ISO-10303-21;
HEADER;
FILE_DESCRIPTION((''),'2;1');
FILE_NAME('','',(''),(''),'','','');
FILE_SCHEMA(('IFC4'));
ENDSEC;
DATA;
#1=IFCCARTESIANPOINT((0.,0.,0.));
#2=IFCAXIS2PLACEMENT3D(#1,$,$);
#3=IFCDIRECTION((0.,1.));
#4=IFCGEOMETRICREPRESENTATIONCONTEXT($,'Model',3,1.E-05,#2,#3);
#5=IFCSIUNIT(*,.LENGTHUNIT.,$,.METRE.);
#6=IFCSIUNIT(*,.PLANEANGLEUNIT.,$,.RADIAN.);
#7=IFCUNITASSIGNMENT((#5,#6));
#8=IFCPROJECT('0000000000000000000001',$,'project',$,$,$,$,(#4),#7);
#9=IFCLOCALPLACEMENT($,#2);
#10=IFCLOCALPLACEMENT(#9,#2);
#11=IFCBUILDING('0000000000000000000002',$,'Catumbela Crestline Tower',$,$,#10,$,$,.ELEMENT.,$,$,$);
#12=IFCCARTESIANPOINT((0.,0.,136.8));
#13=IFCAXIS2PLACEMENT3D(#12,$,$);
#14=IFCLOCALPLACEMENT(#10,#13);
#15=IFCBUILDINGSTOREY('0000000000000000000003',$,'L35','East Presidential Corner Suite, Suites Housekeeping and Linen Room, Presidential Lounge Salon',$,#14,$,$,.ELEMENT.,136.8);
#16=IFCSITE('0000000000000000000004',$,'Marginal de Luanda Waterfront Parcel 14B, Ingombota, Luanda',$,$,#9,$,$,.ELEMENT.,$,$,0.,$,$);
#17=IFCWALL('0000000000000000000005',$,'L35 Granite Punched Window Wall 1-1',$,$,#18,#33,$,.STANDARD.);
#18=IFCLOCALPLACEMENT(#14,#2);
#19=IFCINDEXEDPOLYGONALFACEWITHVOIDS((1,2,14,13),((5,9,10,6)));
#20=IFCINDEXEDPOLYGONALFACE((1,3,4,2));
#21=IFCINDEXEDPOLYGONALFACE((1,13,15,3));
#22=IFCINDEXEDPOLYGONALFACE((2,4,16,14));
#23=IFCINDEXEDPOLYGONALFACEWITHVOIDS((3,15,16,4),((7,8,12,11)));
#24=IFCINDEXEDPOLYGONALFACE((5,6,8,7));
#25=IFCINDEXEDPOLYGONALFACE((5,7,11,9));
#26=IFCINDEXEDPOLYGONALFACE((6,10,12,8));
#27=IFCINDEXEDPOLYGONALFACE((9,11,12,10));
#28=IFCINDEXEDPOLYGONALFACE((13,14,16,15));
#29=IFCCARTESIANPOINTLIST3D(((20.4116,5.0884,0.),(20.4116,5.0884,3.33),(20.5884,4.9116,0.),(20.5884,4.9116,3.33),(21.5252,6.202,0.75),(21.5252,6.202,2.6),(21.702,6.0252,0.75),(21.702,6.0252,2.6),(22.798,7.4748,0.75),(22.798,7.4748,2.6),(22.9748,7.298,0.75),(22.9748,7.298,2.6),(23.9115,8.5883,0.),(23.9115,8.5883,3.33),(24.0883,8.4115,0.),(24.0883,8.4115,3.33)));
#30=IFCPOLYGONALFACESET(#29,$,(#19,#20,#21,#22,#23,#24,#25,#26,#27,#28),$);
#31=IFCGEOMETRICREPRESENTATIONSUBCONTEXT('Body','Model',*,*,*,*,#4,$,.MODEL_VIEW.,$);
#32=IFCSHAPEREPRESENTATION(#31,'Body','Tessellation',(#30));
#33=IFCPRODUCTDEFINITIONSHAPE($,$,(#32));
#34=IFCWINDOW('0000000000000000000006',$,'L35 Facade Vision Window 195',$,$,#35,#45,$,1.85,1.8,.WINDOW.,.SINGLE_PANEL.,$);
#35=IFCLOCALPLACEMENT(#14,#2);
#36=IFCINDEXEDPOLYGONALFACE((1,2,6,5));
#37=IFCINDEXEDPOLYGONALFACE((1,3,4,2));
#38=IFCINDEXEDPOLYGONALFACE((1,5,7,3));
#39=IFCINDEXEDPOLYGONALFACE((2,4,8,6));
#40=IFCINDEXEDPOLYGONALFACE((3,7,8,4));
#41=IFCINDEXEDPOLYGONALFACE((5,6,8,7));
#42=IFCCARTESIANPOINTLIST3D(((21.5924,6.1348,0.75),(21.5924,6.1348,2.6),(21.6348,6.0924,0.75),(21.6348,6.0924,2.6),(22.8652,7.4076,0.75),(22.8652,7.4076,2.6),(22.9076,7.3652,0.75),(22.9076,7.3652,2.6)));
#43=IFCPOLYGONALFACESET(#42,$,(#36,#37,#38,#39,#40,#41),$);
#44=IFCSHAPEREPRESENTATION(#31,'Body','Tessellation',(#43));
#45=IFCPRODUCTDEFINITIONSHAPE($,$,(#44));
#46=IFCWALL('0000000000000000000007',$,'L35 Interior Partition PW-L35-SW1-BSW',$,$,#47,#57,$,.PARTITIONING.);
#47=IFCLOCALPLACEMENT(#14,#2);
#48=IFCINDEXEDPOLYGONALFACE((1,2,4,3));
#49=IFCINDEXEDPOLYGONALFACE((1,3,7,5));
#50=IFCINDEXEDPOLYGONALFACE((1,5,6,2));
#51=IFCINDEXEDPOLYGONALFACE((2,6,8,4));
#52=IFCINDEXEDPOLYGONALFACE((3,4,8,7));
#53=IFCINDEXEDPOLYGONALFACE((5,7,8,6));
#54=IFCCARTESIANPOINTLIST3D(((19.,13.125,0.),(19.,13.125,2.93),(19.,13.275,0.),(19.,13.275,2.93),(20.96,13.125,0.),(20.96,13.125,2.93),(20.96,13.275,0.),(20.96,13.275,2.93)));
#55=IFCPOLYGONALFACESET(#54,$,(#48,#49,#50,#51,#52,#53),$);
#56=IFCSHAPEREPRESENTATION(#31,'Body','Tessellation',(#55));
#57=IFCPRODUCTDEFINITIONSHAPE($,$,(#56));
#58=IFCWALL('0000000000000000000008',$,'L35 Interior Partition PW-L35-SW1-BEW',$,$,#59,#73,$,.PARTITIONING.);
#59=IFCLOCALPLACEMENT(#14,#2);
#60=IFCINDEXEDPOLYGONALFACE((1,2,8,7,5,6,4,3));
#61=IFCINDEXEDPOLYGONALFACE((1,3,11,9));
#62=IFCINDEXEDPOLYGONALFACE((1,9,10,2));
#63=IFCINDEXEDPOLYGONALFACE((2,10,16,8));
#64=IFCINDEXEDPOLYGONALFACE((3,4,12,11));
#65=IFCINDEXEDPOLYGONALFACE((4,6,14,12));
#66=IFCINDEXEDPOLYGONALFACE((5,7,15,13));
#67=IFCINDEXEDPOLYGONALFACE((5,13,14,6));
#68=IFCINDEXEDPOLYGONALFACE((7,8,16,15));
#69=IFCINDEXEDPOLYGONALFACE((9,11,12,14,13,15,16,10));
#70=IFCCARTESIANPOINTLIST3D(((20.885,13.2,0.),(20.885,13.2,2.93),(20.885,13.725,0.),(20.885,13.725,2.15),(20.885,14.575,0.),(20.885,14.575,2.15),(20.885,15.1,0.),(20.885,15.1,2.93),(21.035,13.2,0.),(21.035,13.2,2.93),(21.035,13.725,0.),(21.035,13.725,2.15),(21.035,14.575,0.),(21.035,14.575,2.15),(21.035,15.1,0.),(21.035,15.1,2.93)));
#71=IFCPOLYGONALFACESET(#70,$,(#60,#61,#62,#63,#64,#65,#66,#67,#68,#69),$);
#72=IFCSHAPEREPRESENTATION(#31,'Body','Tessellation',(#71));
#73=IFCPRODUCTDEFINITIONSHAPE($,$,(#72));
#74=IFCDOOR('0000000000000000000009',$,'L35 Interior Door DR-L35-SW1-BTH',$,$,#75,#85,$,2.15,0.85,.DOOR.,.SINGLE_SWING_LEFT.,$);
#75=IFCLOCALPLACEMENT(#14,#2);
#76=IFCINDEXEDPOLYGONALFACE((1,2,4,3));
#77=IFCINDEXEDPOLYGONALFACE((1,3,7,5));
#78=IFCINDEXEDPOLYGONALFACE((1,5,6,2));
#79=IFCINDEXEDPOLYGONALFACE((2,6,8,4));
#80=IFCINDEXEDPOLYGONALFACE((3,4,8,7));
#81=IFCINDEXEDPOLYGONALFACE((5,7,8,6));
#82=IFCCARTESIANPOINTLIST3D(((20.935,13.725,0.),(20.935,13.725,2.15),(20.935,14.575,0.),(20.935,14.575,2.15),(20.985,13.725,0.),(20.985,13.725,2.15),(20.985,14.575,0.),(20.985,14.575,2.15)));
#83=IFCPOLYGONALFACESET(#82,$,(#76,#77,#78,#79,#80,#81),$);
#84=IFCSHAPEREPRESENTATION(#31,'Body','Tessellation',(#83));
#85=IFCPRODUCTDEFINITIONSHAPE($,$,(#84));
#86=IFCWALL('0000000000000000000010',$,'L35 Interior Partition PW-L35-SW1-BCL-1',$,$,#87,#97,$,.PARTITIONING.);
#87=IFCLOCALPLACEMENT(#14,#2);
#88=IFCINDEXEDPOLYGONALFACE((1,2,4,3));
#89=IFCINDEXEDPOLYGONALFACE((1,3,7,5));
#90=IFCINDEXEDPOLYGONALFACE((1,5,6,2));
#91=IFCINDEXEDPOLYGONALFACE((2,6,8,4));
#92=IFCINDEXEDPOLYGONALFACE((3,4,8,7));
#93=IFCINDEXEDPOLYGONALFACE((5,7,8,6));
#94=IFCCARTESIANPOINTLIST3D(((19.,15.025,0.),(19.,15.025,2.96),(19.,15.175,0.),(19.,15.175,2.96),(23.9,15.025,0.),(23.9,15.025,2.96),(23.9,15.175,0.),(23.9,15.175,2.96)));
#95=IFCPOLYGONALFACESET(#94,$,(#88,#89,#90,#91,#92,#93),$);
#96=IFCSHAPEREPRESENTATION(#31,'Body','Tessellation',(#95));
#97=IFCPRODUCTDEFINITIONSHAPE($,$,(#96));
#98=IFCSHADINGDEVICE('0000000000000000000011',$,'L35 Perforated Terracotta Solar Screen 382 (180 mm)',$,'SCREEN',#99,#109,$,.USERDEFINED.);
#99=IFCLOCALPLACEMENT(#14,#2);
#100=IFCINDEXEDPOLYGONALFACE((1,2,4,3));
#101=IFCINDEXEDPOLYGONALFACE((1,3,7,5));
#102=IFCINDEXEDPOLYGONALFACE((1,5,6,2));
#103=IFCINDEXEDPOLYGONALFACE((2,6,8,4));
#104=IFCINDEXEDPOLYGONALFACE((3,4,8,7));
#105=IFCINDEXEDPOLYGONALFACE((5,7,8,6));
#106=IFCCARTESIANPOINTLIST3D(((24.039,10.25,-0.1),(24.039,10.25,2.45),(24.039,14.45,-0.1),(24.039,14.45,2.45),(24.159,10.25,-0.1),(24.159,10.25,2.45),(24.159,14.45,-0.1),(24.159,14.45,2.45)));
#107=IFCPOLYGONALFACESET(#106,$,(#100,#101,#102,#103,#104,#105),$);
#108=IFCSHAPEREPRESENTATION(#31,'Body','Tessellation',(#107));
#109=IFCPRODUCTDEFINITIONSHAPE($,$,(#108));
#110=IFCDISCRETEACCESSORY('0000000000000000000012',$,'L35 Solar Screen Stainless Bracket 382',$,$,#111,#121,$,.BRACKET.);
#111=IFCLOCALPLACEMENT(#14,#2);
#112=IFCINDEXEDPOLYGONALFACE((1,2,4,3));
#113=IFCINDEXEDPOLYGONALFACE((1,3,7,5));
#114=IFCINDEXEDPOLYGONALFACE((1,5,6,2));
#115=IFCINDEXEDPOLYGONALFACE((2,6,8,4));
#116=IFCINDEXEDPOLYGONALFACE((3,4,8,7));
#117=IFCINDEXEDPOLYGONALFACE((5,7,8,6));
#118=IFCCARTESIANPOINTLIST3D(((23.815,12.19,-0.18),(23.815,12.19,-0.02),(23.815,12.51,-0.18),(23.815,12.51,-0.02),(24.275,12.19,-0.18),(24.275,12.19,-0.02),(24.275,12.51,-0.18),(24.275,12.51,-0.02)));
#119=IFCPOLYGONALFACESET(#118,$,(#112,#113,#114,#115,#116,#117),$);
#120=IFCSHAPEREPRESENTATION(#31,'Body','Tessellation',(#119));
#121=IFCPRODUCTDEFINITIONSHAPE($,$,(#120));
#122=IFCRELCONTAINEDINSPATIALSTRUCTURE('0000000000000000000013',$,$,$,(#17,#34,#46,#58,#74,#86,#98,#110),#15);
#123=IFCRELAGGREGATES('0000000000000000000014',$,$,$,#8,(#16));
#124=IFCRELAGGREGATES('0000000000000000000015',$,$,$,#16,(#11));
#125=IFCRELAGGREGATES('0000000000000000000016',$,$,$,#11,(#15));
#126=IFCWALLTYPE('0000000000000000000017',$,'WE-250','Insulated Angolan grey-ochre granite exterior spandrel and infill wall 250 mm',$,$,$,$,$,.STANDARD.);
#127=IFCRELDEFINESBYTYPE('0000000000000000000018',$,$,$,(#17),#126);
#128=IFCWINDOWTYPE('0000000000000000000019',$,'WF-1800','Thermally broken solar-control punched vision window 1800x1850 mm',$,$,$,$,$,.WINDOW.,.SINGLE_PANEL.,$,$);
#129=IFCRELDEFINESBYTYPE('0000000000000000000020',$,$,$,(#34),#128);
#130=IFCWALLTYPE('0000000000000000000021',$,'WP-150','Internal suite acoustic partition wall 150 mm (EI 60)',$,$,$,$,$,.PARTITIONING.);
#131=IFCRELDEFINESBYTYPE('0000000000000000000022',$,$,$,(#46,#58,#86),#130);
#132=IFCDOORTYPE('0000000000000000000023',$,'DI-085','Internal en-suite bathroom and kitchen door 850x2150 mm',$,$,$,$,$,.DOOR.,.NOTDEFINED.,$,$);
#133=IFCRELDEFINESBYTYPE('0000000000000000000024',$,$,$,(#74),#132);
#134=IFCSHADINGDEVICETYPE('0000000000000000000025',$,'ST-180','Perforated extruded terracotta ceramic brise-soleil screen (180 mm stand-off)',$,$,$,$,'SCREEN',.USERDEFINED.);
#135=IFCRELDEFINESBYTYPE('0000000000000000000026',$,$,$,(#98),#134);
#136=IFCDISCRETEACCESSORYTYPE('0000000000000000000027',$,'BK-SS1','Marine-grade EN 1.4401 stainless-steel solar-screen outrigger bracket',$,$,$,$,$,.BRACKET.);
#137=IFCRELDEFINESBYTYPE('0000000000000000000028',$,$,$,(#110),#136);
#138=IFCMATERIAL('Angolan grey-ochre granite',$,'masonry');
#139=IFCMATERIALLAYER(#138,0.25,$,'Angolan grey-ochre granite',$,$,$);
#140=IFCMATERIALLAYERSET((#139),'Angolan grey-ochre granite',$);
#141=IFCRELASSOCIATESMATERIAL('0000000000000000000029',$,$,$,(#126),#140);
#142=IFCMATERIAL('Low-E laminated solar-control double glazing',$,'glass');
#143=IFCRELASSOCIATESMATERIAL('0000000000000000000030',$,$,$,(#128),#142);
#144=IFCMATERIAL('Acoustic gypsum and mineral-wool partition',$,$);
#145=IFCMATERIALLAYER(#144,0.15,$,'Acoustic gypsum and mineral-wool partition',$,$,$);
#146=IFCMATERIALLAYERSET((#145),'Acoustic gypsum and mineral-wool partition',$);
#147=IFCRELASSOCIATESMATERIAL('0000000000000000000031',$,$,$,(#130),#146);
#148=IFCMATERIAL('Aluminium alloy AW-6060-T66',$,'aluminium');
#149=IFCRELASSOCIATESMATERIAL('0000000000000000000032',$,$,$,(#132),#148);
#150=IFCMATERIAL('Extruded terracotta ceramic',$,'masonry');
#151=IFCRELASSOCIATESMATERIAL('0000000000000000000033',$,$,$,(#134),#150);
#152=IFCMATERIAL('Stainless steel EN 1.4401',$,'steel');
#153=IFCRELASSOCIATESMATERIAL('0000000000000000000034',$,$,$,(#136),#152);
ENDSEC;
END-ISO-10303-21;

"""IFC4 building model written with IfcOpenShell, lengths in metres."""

from ifc_helpers import new_model, si_unit, direction, frame, frame_2d, origin, origin_2d, place, context, subcontext, project, spatial, rectangle, extrude, material, layer, layer_set, type_object, element, fill, save


model = new_model("IFC4")

# Units and contexts
model_context = context("Model", 3, precision=1e-05, world=origin(), true_north=direction((0.0, 1.0)))
body_context = subcontext(model_context, "Body", "Model", "MODEL_VIEW")
ifc_project = project(units=[si_unit("LENGTHUNIT", "METRE"), si_unit("PLANEANGLEUNIT", "RADIAN")], contexts=[model_context])

# Site, building, storey
site_placement = place(None, origin())
site = spatial("IfcSite", under=ifc_project, at=site_placement, Name="Marginal de Luanda Waterfront Parcel 14B, Ingombota, Luanda", CompositionType="ELEMENT", RefElevation=0.0)
building_placement = place(site_placement, origin())
building = spatial("IfcBuilding", under=site, at=building_placement, Name="Catumbela Crestline Tower", CompositionType="ELEMENT")
storey_placement = place(building_placement, frame((0.0, 0.0, 136.8)))
storey = spatial("IfcBuildingStorey", under=building, at=storey_placement, Name="L35", Description="East Presidential Corner Suite, Suites Housekeeping and Linen Room, Presidential Lounge Salon", CompositionType="ELEMENT", Elevation=136.8)

# Shared definitions
ifc_material_1 = material(Name="Aluminium alloy AW-6060-T66", Category="aluminium")

# Shared definitions
ifc_material_2 = material(Name="Low-E laminated solar-control double glazing", Category="glass")

# Wall, opening, window
ifc_material_3 = material(Name="Angolan grey-ochre granite", Category="masonry")
ifc_layer_1 = layer(ifc_material_3, 0.25, Name="Angolan grey-ochre granite")
ifc_layer_set_1 = layer_set([ifc_layer_1], Name="Angolan grey-ochre granite")
wall_type_1 = type_object("IfcWallType", Name="WE-250", Description="Insulated Angolan grey-ochre granite exterior spandrel and infill wall 250 mm", PredefinedType="STANDARD", material=ifc_layer_set_1)
wall_1_placement = place(storey_placement, frame((20.5, 5.0, 0.0), z_axis=(0.0, 0.0, 1.0), x_axis=(0.707107, 0.707107, 0.0)))
wall_1 = element("IfcWall", 1, at=wall_1_placement, inside=storey, type_object=wall_type_1, Name="L35 Granite Punched Window Wall 1-1", PredefinedType="STANDARD", context=body_context, shape_type="SweptSolid", body=[
    extrude(rectangle(XDim=4.9497, YDim=0.25, at=frame_2d((2.4748, 0.0))), origin(), (0.0, 0.0, 1.0), 3.33),
])
opening_1_placement = place(wall_1_placement, frame((1.5749, 0.0, 0.75)))
opening_1 = element("IfcOpeningElement", 2, at=opening_1_placement, cuts=wall_1, PredefinedType="OPENING", context=body_context, shape_type="SweptSolid", body=[
    extrude(rectangle(XDim=1.8, YDim=1.85, at=frame_2d((0.9, 0.925))), frame((0.0, 0.135, 0.0), z_axis=(0.0, -1.0, 0.0), x_axis=(1.0, 0.0, 0.0)), (0.0, 0.0, 1.0), 0.27),
])
window_type = type_object("IfcWindowType", Name="WF-1800", Description="Thermally broken solar-control punched vision window 1800x1850 mm", PartitioningType="SINGLE_PANEL", PredefinedType="WINDOW", material=ifc_material_2)
window_placement = place(opening_1_placement, origin())
window = element("IfcWindow", 3, at=window_placement, inside=storey, type_object=window_type, Name="L35 Facade Vision Window 195", OverallHeight=1.85, OverallWidth=1.8, PartitioningType="SINGLE_PANEL", PredefinedType="WINDOW", context=body_context, shape_type="SweptSolid", body=[
    extrude(rectangle(XDim=1.8, YDim=1.85, at=frame_2d((0.9, 0.925))), frame((0.0, 0.03, 0.0), z_axis=(0.0, -1.0, 0.0), x_axis=(1.0, 0.0, 0.0)), (0.0, 0.0, 1.0), 0.06),
])
fill(opening_1, window)

# Wall
ifc_material_4 = material(Name="Acoustic gypsum and mineral-wool partition")
ifc_layer_2 = layer(ifc_material_4, 0.15, Name="Acoustic gypsum and mineral-wool partition")
ifc_layer_set_2 = layer_set([ifc_layer_2], Name="Acoustic gypsum and mineral-wool partition")
wall_type_2 = type_object("IfcWallType", Name="WP-150", Description="Internal suite acoustic partition wall 150 mm (EI 60)", PredefinedType="PARTITIONING", material=ifc_layer_set_2)
wall_2_placement = place(storey_placement, frame((19.0, 13.2, 0.0), z_axis=(0.0, 0.0, 1.0), x_axis=(1.0, 0.0, 0.0)))
element("IfcWall", 4, at=wall_2_placement, inside=storey, type_object=wall_type_2, Name="L35 Interior Partition PW-L35-SW1-BSW", PredefinedType="PARTITIONING", context=body_context, shape_type="SweptSolid", body=[
    extrude(rectangle(XDim=1.96, YDim=0.15, at=frame_2d((0.98, 0.0))), origin(), (0.0, 0.0, 1.0), 2.93),
])

# Wall, opening, door
wall_3_placement = place(storey_placement, frame((20.96, 13.2, 0.0), z_axis=(0.0, 0.0, 1.0), x_axis=(0.0, 1.0, 0.0)))
wall_3 = element("IfcWall", 5, at=wall_3_placement, inside=storey, type_object=wall_type_2, Name="L35 Interior Partition PW-L35-SW1-BEW", PredefinedType="PARTITIONING", context=body_context, shape_type="SweptSolid", body=[
    extrude(rectangle(XDim=1.9, YDim=0.15, at=frame_2d((0.95, 0.0))), origin(), (0.0, 0.0, 1.0), 2.93),
])
opening_2_placement = place(wall_3_placement, frame((0.525, 0.0, 0.0)))
opening_2 = element("IfcOpeningElement", 6, at=opening_2_placement, cuts=wall_3, PredefinedType="OPENING", context=body_context, shape_type="SweptSolid", body=[
    extrude(rectangle(XDim=0.85, YDim=2.15, at=frame_2d((0.425, 1.075))), frame((0.0, 0.085, 0.0), z_axis=(0.0, -1.0, 0.0), x_axis=(1.0, 0.0, 0.0)), (0.0, 0.0, 1.0), 0.17),
])
door_type = type_object("IfcDoorType", Name="DI-085", Description="Internal en-suite bathroom and kitchen door 850x2150 mm", OperationType="NOTDEFINED", PredefinedType="DOOR", material=ifc_material_1)
door_placement = place(opening_2_placement, origin())
door = element("IfcDoor", 7, at=door_placement, inside=storey, type_object=door_type, Name="L35 Interior Door DR-L35-SW1-BTH", OperationType="SINGLE_SWING_LEFT", OverallHeight=2.15, OverallWidth=0.85, PredefinedType="DOOR", context=body_context, shape_type="SweptSolid", body=[
    extrude(rectangle(XDim=0.85, YDim=2.15, at=frame_2d((0.425, 1.075))), frame((0.0, 0.025, 0.0), z_axis=(0.0, -1.0, 0.0), x_axis=(1.0, 0.0, 0.0)), (0.0, 0.0, 1.0), 0.05),
])
fill(opening_2, door)

# Wall
wall_4_placement = place(storey_placement, frame((19.0, 15.1, 0.0), z_axis=(0.0, 0.0, 1.0), x_axis=(1.0, 0.0, 0.0)))
element("IfcWall", 8, at=wall_4_placement, inside=storey, type_object=wall_type_2, Name="L35 Interior Partition PW-L35-SW1-BCL-1", PredefinedType="PARTITIONING", context=body_context, shape_type="SweptSolid", body=[
    extrude(rectangle(XDim=4.9, YDim=0.15, at=frame_2d((2.45, 0.0))), origin(), (0.0, 0.0, 1.0), 2.96),
])

# Shading device
ifc_material_5 = material(Name="Extruded terracotta ceramic", Category="masonry")
shading_device_type = type_object("IfcShadingDeviceType", Name="ST-180", Description="Perforated extruded terracotta ceramic brise-soleil screen (180 mm stand-off)", ElementType="SCREEN", PredefinedType="USERDEFINED", material=ifc_material_5)
shading_device_placement = place(storey_placement, frame((24.099, 12.35, -0.1), z_axis=(0.0, 0.0, 1.0), x_axis=(0.0, 1.0, 0.0)))
element("IfcShadingDevice", 9, at=shading_device_placement, inside=storey, type_object=shading_device_type, Name="L35 Perforated Terracotta Solar Screen 382 (180 mm)", ObjectType="SCREEN", PredefinedType="USERDEFINED", context=body_context, shape_type="SweptSolid", body=[
    extrude(rectangle(XDim=4.2, YDim=0.12, at=origin_2d()), origin(), (0.0, 0.0, 1.0), 2.55),
])

# Discrete accessory
ifc_material_6 = material(Name="Stainless steel EN 1.4401", Category="steel")
discrete_accessory_type = type_object("IfcDiscreteAccessoryType", Name="BK-SS1", Description="Marine-grade EN 1.4401 stainless-steel solar-screen outrigger bracket", PredefinedType="BRACKET", material=ifc_material_6)
discrete_accessory_placement = place(storey_placement, frame((24.045, 12.35, -0.18), z_axis=(0.0, 0.0, 1.0), x_axis=(0.0, 1.0, 0.0)))
element("IfcDiscreteAccessory", 10, at=discrete_accessory_placement, inside=storey, type_object=discrete_accessory_type, Name="L35 Solar Screen Stainless Bracket 382", PredefinedType="BRACKET", context=body_context, shape_type="SweptSolid", body=[
    extrude(rectangle(XDim=0.32, YDim=0.46, at=origin_2d()), origin(), (0.0, 0.0, 1.0), 0.16),
])

save(model, "model.ifc")
